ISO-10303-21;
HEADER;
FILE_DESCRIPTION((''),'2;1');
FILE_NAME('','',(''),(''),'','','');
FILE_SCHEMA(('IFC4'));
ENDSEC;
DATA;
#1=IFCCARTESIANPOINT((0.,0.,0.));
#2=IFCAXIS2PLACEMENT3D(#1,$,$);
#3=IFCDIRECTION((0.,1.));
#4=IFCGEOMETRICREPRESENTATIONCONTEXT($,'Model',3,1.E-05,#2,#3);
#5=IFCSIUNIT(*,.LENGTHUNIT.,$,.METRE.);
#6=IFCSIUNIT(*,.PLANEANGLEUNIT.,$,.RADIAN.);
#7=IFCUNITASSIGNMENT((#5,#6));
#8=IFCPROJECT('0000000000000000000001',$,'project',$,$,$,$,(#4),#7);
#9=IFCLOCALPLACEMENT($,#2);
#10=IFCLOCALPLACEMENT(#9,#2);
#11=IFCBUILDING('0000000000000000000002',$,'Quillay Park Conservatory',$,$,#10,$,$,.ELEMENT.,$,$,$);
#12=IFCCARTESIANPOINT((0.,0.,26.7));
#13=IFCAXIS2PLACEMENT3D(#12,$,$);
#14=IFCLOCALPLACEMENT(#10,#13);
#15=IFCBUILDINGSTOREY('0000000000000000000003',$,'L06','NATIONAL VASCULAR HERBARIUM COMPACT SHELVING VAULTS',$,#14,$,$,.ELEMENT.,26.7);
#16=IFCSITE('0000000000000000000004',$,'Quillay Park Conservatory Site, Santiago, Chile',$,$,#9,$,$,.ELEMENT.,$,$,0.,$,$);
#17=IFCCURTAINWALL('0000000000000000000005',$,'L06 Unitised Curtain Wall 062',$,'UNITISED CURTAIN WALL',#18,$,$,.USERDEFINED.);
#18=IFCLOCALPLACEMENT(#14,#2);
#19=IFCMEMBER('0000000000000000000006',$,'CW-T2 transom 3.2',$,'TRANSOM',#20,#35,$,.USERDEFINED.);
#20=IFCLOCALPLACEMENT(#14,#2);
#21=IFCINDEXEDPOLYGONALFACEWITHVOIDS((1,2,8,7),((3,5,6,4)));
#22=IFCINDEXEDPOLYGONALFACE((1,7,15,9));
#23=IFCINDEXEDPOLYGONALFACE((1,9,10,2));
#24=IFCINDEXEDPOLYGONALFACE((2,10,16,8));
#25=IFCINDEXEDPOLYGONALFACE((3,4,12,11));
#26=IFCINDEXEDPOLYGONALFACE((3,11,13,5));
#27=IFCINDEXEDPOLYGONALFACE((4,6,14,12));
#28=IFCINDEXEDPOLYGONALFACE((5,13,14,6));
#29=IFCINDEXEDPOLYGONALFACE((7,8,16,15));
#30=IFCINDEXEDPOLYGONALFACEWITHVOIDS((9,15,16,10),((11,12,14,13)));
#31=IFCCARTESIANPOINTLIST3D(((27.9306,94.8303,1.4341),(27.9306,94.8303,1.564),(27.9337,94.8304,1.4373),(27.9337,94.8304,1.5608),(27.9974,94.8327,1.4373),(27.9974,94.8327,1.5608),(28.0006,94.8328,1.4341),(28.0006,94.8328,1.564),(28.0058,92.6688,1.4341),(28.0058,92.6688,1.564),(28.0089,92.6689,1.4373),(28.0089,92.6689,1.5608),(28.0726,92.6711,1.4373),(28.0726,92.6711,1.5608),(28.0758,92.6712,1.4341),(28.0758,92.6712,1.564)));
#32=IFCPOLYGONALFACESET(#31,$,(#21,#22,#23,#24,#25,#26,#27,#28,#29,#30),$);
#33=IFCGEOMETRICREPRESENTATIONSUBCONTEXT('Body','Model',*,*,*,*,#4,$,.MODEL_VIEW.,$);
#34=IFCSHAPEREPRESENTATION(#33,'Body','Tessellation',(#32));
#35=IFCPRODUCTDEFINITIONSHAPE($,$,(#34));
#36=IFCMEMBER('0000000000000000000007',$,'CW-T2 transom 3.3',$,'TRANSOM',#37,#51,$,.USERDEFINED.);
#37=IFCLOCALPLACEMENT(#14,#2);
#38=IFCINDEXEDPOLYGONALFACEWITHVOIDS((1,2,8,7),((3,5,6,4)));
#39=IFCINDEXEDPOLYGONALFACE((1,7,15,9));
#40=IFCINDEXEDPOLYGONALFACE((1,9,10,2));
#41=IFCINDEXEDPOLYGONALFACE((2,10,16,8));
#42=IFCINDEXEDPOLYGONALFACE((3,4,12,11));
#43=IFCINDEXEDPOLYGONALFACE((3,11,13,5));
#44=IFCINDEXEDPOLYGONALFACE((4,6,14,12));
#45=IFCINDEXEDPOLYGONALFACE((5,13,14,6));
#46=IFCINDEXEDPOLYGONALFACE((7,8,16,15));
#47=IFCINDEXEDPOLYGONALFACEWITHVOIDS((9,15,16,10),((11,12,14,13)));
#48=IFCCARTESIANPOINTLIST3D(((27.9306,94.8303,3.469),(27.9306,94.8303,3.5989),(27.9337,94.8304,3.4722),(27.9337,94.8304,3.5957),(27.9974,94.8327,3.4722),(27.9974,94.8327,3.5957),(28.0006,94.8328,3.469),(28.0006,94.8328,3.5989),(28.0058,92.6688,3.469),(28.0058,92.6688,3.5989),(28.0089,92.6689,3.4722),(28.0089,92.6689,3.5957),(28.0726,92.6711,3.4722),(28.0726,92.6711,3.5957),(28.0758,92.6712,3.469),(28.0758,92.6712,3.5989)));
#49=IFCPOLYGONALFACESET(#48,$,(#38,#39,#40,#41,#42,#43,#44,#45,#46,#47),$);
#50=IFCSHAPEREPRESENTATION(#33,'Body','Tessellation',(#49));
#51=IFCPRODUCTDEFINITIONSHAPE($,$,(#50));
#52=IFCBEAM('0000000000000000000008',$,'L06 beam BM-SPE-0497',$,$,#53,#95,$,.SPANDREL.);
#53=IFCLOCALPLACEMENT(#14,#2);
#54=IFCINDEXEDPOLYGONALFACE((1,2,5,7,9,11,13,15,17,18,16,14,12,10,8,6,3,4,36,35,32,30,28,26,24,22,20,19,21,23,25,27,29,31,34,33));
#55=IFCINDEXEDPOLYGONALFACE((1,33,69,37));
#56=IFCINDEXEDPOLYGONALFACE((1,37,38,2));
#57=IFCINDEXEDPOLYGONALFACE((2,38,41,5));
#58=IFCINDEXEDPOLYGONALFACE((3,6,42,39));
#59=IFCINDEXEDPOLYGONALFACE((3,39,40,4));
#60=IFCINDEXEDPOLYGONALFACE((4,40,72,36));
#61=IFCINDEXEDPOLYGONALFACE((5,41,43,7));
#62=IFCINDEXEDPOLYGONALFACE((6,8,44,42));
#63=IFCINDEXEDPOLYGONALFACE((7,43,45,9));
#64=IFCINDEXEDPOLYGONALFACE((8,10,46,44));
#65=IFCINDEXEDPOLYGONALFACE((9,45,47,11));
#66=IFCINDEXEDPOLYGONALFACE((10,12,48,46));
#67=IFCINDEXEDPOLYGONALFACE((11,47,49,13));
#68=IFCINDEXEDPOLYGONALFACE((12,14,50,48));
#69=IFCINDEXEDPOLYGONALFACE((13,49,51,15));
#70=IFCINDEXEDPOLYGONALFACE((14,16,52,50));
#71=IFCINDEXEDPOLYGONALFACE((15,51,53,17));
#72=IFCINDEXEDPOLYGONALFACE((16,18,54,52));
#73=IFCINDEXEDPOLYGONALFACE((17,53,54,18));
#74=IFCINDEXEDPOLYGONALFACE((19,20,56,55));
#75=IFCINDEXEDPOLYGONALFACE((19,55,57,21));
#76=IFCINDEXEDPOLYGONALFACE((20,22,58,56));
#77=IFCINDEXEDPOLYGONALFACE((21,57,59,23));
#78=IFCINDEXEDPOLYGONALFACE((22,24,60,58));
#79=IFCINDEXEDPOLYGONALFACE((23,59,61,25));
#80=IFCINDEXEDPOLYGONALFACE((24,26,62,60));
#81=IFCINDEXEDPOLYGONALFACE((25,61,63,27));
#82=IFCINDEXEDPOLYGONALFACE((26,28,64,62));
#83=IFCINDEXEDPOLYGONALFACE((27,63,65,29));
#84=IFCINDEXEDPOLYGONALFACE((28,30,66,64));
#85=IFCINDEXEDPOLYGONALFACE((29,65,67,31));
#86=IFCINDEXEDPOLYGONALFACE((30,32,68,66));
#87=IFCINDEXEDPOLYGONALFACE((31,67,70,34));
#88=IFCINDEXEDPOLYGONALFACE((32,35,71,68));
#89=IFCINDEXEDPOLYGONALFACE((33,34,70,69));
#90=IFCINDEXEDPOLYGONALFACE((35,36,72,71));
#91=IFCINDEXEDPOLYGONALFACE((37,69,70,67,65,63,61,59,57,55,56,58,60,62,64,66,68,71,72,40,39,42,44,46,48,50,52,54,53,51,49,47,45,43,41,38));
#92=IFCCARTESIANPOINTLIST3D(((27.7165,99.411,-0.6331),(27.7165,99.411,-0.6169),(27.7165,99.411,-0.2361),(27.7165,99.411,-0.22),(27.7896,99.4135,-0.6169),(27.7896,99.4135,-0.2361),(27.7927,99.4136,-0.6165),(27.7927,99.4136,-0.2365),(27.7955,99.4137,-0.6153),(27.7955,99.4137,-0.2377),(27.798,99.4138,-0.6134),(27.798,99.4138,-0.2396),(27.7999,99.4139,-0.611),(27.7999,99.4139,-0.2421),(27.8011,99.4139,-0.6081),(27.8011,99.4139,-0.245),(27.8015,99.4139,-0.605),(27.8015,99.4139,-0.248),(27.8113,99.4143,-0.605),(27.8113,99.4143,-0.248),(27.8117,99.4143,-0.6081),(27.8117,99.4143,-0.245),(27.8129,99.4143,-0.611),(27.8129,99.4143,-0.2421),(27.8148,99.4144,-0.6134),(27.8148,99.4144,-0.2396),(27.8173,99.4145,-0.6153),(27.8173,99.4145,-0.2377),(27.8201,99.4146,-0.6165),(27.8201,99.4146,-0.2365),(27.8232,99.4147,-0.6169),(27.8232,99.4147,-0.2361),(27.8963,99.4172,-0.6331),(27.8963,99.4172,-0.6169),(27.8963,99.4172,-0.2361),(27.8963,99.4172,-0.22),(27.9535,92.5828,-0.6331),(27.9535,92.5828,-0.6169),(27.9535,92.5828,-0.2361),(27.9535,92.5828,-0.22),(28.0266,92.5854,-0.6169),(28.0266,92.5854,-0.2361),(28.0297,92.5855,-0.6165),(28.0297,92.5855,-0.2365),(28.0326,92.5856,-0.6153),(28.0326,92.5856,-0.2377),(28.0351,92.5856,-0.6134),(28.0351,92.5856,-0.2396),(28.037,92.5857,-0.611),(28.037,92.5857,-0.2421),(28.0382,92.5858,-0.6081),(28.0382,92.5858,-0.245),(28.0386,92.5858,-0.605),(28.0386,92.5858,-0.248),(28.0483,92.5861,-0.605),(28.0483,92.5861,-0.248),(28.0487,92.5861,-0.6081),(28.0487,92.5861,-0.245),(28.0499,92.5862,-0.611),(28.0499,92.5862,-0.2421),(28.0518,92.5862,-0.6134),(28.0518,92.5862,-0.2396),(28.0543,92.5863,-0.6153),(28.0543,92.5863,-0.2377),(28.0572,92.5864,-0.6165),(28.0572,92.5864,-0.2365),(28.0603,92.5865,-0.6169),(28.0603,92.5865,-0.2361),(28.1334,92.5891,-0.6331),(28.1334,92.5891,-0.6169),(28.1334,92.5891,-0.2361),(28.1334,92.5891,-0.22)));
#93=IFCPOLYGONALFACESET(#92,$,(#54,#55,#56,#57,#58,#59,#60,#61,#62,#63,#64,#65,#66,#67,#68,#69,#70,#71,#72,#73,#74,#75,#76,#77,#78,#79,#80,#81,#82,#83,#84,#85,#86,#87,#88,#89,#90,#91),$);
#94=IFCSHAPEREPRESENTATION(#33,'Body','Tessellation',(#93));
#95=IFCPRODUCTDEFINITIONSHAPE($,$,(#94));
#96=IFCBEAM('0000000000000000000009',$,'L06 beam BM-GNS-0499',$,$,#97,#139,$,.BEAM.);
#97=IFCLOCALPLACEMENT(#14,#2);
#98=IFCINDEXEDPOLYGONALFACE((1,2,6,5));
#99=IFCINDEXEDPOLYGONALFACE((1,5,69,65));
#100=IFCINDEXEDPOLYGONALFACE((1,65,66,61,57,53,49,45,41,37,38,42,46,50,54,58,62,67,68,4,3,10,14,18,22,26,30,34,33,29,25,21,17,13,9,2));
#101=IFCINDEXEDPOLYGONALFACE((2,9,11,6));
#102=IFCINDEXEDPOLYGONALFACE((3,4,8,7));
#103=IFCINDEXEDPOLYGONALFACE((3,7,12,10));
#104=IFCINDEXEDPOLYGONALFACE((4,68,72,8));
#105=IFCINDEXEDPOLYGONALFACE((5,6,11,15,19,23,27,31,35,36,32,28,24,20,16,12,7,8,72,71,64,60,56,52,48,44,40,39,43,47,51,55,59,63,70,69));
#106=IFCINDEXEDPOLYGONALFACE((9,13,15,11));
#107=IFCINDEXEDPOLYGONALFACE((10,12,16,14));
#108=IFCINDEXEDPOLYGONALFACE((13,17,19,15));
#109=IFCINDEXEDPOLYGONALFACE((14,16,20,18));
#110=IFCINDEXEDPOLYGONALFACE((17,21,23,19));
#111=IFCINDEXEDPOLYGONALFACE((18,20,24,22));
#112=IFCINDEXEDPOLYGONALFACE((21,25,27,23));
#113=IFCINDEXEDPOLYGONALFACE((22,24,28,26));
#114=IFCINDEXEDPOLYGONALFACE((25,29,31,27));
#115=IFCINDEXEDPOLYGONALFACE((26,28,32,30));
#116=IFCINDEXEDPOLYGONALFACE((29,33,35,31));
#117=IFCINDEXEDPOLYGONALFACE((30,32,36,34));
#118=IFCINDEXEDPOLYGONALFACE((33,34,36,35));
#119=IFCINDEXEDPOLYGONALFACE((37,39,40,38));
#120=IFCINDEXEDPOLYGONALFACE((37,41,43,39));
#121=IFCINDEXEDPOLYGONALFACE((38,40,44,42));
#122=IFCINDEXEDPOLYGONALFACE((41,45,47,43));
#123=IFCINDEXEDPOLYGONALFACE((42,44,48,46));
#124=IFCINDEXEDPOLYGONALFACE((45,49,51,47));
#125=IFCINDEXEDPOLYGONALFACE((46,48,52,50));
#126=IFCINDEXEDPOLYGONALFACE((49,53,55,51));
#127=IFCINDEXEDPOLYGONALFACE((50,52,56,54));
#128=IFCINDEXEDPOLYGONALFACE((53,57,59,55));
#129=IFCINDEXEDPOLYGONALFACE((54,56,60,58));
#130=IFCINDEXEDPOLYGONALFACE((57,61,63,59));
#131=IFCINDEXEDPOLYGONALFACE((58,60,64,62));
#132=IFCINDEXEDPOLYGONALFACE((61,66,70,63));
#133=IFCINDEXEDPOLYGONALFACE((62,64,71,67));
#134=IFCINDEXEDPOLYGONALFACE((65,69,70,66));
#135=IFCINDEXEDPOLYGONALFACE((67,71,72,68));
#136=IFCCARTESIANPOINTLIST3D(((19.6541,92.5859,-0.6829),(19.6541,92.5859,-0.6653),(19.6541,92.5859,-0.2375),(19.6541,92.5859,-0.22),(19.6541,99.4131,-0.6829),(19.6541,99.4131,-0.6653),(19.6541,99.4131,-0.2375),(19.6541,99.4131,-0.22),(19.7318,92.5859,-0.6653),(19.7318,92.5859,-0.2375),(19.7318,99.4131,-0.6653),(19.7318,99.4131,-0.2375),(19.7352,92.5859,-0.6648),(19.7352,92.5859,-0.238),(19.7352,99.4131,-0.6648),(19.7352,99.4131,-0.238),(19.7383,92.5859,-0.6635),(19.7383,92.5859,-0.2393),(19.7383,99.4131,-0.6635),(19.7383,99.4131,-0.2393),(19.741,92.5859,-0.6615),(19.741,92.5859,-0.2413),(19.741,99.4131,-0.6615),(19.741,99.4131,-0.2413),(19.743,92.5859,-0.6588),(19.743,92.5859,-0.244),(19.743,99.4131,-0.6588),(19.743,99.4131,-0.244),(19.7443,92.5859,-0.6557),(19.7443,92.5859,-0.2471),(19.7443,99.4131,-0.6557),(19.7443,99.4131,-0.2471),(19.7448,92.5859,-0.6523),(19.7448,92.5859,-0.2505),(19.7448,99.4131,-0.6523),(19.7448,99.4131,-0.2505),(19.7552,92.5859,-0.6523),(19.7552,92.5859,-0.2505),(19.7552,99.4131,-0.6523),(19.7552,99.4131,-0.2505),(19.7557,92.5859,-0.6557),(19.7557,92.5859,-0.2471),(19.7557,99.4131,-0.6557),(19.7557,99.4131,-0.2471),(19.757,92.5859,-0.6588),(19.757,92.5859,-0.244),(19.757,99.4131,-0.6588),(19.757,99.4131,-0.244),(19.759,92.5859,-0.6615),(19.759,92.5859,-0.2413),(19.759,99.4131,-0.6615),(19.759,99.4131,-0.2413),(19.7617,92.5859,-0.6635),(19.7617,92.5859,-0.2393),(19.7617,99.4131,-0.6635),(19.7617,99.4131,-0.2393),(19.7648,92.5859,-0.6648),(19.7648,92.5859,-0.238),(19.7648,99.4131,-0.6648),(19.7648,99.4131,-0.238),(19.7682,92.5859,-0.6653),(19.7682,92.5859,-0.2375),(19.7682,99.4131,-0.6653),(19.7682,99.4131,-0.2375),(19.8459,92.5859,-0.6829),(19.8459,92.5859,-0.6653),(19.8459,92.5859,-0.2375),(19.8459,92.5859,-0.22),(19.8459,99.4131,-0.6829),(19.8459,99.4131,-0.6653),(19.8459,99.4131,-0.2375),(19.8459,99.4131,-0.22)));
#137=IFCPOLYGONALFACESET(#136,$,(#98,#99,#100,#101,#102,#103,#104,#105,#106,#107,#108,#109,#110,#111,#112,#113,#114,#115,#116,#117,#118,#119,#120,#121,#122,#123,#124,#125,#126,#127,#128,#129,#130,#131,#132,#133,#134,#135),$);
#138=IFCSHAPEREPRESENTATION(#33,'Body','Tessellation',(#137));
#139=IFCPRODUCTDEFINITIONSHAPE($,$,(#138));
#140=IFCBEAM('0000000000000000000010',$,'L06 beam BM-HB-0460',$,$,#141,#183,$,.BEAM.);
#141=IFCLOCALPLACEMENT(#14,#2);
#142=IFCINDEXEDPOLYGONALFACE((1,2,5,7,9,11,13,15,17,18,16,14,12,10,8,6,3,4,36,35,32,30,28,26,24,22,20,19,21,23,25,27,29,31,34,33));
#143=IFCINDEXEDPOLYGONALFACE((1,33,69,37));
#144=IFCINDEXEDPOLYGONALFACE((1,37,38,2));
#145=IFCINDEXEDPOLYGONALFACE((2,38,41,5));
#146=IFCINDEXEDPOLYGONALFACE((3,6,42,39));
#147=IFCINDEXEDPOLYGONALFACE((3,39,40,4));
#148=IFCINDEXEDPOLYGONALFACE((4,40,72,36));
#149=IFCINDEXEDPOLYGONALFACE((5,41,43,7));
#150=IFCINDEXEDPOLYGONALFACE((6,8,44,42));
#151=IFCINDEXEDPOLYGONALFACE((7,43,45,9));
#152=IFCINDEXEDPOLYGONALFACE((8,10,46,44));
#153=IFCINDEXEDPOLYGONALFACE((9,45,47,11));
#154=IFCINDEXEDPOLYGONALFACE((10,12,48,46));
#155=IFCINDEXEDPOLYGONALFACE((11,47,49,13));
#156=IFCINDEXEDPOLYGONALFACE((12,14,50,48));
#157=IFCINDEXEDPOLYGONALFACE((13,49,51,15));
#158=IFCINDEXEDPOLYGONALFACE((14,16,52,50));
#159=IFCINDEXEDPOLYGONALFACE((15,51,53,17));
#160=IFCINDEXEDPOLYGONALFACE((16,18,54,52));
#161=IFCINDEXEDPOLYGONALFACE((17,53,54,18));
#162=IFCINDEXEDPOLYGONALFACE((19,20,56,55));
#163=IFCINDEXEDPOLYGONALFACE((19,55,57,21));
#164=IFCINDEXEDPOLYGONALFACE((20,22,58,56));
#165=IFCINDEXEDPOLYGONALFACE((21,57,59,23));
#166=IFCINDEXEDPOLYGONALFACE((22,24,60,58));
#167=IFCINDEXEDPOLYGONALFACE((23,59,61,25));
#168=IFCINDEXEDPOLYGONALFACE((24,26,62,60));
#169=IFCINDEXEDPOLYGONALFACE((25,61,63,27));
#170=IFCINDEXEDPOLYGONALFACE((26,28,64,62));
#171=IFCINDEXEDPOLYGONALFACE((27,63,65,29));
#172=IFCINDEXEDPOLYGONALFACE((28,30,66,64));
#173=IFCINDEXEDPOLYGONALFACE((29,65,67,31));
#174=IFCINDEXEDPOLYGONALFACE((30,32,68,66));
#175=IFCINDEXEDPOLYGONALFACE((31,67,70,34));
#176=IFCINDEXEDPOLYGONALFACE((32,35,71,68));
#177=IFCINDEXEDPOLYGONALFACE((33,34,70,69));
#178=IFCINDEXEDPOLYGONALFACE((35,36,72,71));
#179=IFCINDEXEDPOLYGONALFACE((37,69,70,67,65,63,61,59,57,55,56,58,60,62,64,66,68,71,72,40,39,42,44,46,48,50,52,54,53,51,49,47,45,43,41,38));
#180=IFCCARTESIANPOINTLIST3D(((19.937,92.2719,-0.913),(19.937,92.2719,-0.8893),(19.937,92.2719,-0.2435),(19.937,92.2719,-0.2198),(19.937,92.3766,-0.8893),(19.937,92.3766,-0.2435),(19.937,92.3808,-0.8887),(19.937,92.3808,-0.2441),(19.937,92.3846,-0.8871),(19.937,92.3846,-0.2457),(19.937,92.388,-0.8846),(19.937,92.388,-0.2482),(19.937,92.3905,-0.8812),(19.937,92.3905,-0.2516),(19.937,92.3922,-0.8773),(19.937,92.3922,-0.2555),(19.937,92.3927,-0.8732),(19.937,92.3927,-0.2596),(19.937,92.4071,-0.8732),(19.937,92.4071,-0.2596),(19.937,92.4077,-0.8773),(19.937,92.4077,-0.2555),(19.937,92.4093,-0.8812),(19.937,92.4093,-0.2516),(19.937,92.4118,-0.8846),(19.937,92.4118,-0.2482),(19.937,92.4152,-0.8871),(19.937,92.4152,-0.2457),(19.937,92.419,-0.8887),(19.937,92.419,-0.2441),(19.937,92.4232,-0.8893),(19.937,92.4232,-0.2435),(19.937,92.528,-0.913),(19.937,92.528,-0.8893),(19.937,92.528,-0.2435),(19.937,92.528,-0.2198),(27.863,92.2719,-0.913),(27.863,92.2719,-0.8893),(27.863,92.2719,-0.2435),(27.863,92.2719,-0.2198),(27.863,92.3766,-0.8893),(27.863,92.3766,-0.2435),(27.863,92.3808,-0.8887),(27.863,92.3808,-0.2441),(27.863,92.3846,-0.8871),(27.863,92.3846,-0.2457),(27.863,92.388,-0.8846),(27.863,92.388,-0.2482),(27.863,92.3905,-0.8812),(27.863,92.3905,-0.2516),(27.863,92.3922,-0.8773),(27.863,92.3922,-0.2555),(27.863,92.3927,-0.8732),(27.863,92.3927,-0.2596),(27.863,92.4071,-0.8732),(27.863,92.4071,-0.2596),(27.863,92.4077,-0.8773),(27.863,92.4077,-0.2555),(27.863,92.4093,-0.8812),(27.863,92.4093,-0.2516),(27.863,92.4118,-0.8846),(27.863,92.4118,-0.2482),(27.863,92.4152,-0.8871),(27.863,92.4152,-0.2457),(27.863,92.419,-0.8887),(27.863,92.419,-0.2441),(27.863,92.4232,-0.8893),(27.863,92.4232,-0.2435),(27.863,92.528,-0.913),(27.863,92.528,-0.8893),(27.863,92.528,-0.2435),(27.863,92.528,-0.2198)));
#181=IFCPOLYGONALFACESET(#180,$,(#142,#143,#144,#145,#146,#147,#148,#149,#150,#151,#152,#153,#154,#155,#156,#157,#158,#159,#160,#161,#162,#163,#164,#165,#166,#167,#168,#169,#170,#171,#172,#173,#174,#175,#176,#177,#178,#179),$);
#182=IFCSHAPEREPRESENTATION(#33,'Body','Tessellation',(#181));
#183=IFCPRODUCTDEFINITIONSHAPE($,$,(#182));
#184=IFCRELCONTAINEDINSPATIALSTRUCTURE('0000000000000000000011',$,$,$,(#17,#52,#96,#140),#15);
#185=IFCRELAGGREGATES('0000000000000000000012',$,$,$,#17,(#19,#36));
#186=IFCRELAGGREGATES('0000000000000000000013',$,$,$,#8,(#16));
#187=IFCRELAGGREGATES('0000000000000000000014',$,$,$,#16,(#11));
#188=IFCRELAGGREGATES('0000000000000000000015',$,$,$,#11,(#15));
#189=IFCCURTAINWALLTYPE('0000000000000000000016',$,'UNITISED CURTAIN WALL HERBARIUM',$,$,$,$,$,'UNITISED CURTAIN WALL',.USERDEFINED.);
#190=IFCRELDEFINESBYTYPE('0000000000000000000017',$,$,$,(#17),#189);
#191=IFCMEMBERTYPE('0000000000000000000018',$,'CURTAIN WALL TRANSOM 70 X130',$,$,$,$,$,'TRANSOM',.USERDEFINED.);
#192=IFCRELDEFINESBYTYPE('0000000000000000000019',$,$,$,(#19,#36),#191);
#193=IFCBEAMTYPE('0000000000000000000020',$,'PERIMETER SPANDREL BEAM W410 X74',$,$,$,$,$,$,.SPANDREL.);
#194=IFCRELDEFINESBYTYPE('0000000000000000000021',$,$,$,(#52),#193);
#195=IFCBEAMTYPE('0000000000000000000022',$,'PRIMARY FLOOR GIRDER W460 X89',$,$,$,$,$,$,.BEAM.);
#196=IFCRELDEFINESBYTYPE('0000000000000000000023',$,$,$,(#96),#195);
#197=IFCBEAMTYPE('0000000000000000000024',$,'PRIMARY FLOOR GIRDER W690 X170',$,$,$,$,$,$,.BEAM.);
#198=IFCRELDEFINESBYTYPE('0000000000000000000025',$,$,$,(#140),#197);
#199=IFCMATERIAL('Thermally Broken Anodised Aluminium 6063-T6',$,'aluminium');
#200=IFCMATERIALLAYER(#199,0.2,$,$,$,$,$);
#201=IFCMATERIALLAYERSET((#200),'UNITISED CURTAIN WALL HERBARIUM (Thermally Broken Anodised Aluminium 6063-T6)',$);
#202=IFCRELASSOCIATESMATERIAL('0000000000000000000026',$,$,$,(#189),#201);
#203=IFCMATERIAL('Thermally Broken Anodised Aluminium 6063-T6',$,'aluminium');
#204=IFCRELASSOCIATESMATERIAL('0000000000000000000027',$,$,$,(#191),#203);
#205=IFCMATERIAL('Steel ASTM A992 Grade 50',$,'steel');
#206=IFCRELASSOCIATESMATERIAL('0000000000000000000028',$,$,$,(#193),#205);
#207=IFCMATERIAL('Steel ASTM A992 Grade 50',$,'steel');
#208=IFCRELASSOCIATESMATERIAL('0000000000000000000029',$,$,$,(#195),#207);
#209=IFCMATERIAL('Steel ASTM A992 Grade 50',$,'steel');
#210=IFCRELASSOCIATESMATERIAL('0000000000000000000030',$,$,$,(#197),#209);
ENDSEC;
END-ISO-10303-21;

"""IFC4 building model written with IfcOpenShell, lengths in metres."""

from ifc_helpers import new_model, si_unit, direction, frame, origin, origin_2d, place, context, subcontext, project, spatial, hollow_rectangle, i_section, extrude, material, layer, layer_set, material_profile, profile_set, type_object, element, aggregate, save


model = new_model("IFC4")

# Units and contexts
model_context = context("Model", 3, precision=1e-05, world=origin(), true_north=direction((0.0, 1.0)))
body_context = subcontext(model_context, "Body", "Model", "MODEL_VIEW")
ifc_project = project(units=[si_unit("LENGTHUNIT", "METRE"), si_unit("PLANEANGLEUNIT", "RADIAN")], contexts=[model_context])

# Site, building, storey
site_placement = place(None, origin())
site = spatial("IfcSite", under=ifc_project, at=site_placement, Name="Quillay Park Conservatory Site, Santiago, Chile", CompositionType="ELEMENT", RefElevation=0.0)
building_placement = place(site_placement, origin())
building = spatial("IfcBuilding", under=site, at=building_placement, Name="Quillay Park Conservatory", CompositionType="ELEMENT")
storey_placement = place(building_placement, frame((0.0, 0.0, 26.7)))
storey = spatial("IfcBuildingStorey", under=building, at=storey_placement, Name="L06", Description="NATIONAL VASCULAR HERBARIUM COMPACT SHELVING VAULTS", CompositionType="ELEMENT", Elevation=26.7)

# Curtain wall, members
ifc_material_1 = material(Name="Thermally Broken Anodised Aluminium 6063-T6", Category="aluminium")
ifc_layer_1 = layer(ifc_material_1, 0.2)
ifc_layer_set_1 = layer_set([ifc_layer_1], Name="UNITISED CURTAIN WALL HERBARIUM (Thermally Broken Anodised Aluminium 6063-T6)")
curtain_wall_type = type_object("IfcCurtainWallType", Name="UNITISED CURTAIN WALL HERBARIUM", ElementType="UNITISED CURTAIN WALL", PredefinedType="USERDEFINED", material=ifc_layer_set_1)
curtain_wall_placement = place(storey_placement, origin())
curtain_wall = element("IfcCurtainWall", 1, at=curtain_wall_placement, inside=storey, type_object=curtain_wall_type, Name="L06 Unitised Curtain Wall 062", ObjectType="UNITISED CURTAIN WALL", PredefinedType="USERDEFINED")
ifc_material_2 = material(Name="Thermally Broken Anodised Aluminium 6063-T6", Category="aluminium")
ifc_material_profile_1 = material_profile(ifc_material_2, hollow_rectangle(XDim=0.0701, YDim=0.1299, WallThickness=0.0032, at=origin_2d()), Name="AL70x130x3.2")
ifc_profile_set_1 = profile_set([ifc_material_profile_1], Name="Thermally Broken Anodised Aluminium 6063-T6")
member_type_1 = type_object("IfcMemberType", Name="CURTAIN WALL TRANSOM 70 X130", ElementType="TRANSOM", PredefinedType="USERDEFINED", material=ifc_profile_set_1)
member_1_placement = place(storey_placement, frame((27.9656, 94.8315, 1.499), z_axis=(0.034766, -0.999395, 0.0), x_axis=(0.999395, 0.034766, 0.0)))
member_1 = element("IfcMember", 2, at=member_1_placement, type_object=member_type_1, Name="CW-T2 transom 3.2", ObjectType="TRANSOM", PredefinedType="USERDEFINED", context=body_context, shape_type="SweptSolid", body=[
    extrude(hollow_rectangle(XDim=0.0701, YDim=0.1299, WallThickness=0.0032, at=origin_2d()), origin(), (0.0, 0.0, 1.0), 2.1628),
])
member_2_placement = place(storey_placement, frame((27.9656, 94.8315, 3.5339), z_axis=(0.034766, -0.999395, 0.0), x_axis=(0.999395, 0.034766, 0.0)))
member_2 = element("IfcMember", 3, at=member_2_placement, type_object=member_type_1, Name="CW-T2 transom 3.3", ObjectType="TRANSOM", PredefinedType="USERDEFINED", context=body_context, shape_type="SweptSolid", body=[
    extrude(hollow_rectangle(XDim=0.0701, YDim=0.1299, WallThickness=0.0032, at=origin_2d()), origin(), (0.0, 0.0, 1.0), 2.1628),
])

# Beams
ifc_material_3 = material(Name="Steel ASTM A992 Grade 50", Category="steel")
ifc_material_profile_2 = material_profile(ifc_material_3, i_section(OverallWidth=0.1799, OverallDepth=0.4131, WebThickness=0.0098, FlangeThickness=0.0161, FilletRadius=0.012, at=origin_2d()), Name="W410x74")
ifc_profile_set_2 = profile_set([ifc_material_profile_2], Name="Steel ASTM A992 Grade 50")
beam_type_1 = type_object("IfcBeamType", Name="PERIMETER SPANDREL BEAM W410 X74", PredefinedType="SPANDREL", material=ifc_profile_set_2)
beam_1_placement = place(storey_placement, frame((28.0435, 92.5859, -0.4265), z_axis=(-0.034697, 0.999398, 0.0), x_axis=(-0.999398, -0.034697, 0.0)))
element("IfcBeam", 4, at=beam_1_placement, inside=storey, type_object=beam_type_1, Name="L06 beam BM-SPE-0497", PredefinedType="SPANDREL", context=body_context, shape_type="SweptSolid", body=[
    extrude(i_section(OverallWidth=0.1799, OverallDepth=0.4131, WebThickness=0.0098, FlangeThickness=0.0161, FilletRadius=0.012, at=origin_2d()), origin(), (0.0, 0.0, 1.0), 6.8323),
])
ifc_material_4 = material(Name="Steel ASTM A992 Grade 50", Category="steel")
ifc_material_profile_3 = material_profile(ifc_material_4, i_section(OverallWidth=0.1919, OverallDepth=0.4629, WebThickness=0.0105, FlangeThickness=0.0176, FilletRadius=0.0129, at=origin_2d()), Name="W460x89")
ifc_profile_set_3 = profile_set([ifc_material_profile_3], Name="Steel ASTM A992 Grade 50")
beam_type_2 = type_object("IfcBeamType", Name="PRIMARY FLOOR GIRDER W460 X89", PredefinedType="BEAM", material=ifc_profile_set_3)
beam_2_placement = place(storey_placement, frame((19.75, 92.5859, -0.4514), z_axis=(0.0, 1.0, 0.0), x_axis=(-1.0, 0.0, 0.0)))
element("IfcBeam", 5, at=beam_2_placement, inside=storey, type_object=beam_type_2, Name="L06 beam BM-GNS-0499", PredefinedType="BEAM", context=body_context, shape_type="SweptSolid", body=[
    extrude(i_section(OverallWidth=0.1919, OverallDepth=0.4629, WebThickness=0.0105, FlangeThickness=0.0176, FilletRadius=0.0129, at=origin_2d()), origin(), (0.0, 0.0, 1.0), 6.8271),
])
ifc_material_5 = material(Name="Steel ASTM A992 Grade 50", Category="steel")
ifc_material_profile_4 = material_profile(ifc_material_5, i_section(OverallWidth=0.2561, OverallDepth=0.6931, WebThickness=0.0144, FlangeThickness=0.0237, FilletRadius=0.0161, at=origin_2d()), Name="W690x170")
ifc_profile_set_4 = profile_set([ifc_material_profile_4], Name="Steel ASTM A992 Grade 50")
beam_type_3 = type_object("IfcBeamType", Name="PRIMARY FLOOR GIRDER W690 X170", PredefinedType="BEAM", material=ifc_profile_set_4)
beam_3_placement = place(storey_placement, frame((19.937, 92.3999, -0.5664), z_axis=(1.0, 0.0, 0.0), x_axis=(0.0, 1.0, 0.0)))
element("IfcBeam", 6, at=beam_3_placement, inside=storey, type_object=beam_type_3, Name="L06 beam BM-HB-0460", PredefinedType="BEAM", context=body_context, shape_type="SweptSolid", body=[
    extrude(i_section(OverallWidth=0.2561, OverallDepth=0.6931, WebThickness=0.0144, FlangeThickness=0.0237, FilletRadius=0.0161, at=origin_2d()), origin(), (0.0, 0.0, 1.0), 7.926),
])

aggregate(curtain_wall, [member_1, member_2])

save(model, "model.ifc")
